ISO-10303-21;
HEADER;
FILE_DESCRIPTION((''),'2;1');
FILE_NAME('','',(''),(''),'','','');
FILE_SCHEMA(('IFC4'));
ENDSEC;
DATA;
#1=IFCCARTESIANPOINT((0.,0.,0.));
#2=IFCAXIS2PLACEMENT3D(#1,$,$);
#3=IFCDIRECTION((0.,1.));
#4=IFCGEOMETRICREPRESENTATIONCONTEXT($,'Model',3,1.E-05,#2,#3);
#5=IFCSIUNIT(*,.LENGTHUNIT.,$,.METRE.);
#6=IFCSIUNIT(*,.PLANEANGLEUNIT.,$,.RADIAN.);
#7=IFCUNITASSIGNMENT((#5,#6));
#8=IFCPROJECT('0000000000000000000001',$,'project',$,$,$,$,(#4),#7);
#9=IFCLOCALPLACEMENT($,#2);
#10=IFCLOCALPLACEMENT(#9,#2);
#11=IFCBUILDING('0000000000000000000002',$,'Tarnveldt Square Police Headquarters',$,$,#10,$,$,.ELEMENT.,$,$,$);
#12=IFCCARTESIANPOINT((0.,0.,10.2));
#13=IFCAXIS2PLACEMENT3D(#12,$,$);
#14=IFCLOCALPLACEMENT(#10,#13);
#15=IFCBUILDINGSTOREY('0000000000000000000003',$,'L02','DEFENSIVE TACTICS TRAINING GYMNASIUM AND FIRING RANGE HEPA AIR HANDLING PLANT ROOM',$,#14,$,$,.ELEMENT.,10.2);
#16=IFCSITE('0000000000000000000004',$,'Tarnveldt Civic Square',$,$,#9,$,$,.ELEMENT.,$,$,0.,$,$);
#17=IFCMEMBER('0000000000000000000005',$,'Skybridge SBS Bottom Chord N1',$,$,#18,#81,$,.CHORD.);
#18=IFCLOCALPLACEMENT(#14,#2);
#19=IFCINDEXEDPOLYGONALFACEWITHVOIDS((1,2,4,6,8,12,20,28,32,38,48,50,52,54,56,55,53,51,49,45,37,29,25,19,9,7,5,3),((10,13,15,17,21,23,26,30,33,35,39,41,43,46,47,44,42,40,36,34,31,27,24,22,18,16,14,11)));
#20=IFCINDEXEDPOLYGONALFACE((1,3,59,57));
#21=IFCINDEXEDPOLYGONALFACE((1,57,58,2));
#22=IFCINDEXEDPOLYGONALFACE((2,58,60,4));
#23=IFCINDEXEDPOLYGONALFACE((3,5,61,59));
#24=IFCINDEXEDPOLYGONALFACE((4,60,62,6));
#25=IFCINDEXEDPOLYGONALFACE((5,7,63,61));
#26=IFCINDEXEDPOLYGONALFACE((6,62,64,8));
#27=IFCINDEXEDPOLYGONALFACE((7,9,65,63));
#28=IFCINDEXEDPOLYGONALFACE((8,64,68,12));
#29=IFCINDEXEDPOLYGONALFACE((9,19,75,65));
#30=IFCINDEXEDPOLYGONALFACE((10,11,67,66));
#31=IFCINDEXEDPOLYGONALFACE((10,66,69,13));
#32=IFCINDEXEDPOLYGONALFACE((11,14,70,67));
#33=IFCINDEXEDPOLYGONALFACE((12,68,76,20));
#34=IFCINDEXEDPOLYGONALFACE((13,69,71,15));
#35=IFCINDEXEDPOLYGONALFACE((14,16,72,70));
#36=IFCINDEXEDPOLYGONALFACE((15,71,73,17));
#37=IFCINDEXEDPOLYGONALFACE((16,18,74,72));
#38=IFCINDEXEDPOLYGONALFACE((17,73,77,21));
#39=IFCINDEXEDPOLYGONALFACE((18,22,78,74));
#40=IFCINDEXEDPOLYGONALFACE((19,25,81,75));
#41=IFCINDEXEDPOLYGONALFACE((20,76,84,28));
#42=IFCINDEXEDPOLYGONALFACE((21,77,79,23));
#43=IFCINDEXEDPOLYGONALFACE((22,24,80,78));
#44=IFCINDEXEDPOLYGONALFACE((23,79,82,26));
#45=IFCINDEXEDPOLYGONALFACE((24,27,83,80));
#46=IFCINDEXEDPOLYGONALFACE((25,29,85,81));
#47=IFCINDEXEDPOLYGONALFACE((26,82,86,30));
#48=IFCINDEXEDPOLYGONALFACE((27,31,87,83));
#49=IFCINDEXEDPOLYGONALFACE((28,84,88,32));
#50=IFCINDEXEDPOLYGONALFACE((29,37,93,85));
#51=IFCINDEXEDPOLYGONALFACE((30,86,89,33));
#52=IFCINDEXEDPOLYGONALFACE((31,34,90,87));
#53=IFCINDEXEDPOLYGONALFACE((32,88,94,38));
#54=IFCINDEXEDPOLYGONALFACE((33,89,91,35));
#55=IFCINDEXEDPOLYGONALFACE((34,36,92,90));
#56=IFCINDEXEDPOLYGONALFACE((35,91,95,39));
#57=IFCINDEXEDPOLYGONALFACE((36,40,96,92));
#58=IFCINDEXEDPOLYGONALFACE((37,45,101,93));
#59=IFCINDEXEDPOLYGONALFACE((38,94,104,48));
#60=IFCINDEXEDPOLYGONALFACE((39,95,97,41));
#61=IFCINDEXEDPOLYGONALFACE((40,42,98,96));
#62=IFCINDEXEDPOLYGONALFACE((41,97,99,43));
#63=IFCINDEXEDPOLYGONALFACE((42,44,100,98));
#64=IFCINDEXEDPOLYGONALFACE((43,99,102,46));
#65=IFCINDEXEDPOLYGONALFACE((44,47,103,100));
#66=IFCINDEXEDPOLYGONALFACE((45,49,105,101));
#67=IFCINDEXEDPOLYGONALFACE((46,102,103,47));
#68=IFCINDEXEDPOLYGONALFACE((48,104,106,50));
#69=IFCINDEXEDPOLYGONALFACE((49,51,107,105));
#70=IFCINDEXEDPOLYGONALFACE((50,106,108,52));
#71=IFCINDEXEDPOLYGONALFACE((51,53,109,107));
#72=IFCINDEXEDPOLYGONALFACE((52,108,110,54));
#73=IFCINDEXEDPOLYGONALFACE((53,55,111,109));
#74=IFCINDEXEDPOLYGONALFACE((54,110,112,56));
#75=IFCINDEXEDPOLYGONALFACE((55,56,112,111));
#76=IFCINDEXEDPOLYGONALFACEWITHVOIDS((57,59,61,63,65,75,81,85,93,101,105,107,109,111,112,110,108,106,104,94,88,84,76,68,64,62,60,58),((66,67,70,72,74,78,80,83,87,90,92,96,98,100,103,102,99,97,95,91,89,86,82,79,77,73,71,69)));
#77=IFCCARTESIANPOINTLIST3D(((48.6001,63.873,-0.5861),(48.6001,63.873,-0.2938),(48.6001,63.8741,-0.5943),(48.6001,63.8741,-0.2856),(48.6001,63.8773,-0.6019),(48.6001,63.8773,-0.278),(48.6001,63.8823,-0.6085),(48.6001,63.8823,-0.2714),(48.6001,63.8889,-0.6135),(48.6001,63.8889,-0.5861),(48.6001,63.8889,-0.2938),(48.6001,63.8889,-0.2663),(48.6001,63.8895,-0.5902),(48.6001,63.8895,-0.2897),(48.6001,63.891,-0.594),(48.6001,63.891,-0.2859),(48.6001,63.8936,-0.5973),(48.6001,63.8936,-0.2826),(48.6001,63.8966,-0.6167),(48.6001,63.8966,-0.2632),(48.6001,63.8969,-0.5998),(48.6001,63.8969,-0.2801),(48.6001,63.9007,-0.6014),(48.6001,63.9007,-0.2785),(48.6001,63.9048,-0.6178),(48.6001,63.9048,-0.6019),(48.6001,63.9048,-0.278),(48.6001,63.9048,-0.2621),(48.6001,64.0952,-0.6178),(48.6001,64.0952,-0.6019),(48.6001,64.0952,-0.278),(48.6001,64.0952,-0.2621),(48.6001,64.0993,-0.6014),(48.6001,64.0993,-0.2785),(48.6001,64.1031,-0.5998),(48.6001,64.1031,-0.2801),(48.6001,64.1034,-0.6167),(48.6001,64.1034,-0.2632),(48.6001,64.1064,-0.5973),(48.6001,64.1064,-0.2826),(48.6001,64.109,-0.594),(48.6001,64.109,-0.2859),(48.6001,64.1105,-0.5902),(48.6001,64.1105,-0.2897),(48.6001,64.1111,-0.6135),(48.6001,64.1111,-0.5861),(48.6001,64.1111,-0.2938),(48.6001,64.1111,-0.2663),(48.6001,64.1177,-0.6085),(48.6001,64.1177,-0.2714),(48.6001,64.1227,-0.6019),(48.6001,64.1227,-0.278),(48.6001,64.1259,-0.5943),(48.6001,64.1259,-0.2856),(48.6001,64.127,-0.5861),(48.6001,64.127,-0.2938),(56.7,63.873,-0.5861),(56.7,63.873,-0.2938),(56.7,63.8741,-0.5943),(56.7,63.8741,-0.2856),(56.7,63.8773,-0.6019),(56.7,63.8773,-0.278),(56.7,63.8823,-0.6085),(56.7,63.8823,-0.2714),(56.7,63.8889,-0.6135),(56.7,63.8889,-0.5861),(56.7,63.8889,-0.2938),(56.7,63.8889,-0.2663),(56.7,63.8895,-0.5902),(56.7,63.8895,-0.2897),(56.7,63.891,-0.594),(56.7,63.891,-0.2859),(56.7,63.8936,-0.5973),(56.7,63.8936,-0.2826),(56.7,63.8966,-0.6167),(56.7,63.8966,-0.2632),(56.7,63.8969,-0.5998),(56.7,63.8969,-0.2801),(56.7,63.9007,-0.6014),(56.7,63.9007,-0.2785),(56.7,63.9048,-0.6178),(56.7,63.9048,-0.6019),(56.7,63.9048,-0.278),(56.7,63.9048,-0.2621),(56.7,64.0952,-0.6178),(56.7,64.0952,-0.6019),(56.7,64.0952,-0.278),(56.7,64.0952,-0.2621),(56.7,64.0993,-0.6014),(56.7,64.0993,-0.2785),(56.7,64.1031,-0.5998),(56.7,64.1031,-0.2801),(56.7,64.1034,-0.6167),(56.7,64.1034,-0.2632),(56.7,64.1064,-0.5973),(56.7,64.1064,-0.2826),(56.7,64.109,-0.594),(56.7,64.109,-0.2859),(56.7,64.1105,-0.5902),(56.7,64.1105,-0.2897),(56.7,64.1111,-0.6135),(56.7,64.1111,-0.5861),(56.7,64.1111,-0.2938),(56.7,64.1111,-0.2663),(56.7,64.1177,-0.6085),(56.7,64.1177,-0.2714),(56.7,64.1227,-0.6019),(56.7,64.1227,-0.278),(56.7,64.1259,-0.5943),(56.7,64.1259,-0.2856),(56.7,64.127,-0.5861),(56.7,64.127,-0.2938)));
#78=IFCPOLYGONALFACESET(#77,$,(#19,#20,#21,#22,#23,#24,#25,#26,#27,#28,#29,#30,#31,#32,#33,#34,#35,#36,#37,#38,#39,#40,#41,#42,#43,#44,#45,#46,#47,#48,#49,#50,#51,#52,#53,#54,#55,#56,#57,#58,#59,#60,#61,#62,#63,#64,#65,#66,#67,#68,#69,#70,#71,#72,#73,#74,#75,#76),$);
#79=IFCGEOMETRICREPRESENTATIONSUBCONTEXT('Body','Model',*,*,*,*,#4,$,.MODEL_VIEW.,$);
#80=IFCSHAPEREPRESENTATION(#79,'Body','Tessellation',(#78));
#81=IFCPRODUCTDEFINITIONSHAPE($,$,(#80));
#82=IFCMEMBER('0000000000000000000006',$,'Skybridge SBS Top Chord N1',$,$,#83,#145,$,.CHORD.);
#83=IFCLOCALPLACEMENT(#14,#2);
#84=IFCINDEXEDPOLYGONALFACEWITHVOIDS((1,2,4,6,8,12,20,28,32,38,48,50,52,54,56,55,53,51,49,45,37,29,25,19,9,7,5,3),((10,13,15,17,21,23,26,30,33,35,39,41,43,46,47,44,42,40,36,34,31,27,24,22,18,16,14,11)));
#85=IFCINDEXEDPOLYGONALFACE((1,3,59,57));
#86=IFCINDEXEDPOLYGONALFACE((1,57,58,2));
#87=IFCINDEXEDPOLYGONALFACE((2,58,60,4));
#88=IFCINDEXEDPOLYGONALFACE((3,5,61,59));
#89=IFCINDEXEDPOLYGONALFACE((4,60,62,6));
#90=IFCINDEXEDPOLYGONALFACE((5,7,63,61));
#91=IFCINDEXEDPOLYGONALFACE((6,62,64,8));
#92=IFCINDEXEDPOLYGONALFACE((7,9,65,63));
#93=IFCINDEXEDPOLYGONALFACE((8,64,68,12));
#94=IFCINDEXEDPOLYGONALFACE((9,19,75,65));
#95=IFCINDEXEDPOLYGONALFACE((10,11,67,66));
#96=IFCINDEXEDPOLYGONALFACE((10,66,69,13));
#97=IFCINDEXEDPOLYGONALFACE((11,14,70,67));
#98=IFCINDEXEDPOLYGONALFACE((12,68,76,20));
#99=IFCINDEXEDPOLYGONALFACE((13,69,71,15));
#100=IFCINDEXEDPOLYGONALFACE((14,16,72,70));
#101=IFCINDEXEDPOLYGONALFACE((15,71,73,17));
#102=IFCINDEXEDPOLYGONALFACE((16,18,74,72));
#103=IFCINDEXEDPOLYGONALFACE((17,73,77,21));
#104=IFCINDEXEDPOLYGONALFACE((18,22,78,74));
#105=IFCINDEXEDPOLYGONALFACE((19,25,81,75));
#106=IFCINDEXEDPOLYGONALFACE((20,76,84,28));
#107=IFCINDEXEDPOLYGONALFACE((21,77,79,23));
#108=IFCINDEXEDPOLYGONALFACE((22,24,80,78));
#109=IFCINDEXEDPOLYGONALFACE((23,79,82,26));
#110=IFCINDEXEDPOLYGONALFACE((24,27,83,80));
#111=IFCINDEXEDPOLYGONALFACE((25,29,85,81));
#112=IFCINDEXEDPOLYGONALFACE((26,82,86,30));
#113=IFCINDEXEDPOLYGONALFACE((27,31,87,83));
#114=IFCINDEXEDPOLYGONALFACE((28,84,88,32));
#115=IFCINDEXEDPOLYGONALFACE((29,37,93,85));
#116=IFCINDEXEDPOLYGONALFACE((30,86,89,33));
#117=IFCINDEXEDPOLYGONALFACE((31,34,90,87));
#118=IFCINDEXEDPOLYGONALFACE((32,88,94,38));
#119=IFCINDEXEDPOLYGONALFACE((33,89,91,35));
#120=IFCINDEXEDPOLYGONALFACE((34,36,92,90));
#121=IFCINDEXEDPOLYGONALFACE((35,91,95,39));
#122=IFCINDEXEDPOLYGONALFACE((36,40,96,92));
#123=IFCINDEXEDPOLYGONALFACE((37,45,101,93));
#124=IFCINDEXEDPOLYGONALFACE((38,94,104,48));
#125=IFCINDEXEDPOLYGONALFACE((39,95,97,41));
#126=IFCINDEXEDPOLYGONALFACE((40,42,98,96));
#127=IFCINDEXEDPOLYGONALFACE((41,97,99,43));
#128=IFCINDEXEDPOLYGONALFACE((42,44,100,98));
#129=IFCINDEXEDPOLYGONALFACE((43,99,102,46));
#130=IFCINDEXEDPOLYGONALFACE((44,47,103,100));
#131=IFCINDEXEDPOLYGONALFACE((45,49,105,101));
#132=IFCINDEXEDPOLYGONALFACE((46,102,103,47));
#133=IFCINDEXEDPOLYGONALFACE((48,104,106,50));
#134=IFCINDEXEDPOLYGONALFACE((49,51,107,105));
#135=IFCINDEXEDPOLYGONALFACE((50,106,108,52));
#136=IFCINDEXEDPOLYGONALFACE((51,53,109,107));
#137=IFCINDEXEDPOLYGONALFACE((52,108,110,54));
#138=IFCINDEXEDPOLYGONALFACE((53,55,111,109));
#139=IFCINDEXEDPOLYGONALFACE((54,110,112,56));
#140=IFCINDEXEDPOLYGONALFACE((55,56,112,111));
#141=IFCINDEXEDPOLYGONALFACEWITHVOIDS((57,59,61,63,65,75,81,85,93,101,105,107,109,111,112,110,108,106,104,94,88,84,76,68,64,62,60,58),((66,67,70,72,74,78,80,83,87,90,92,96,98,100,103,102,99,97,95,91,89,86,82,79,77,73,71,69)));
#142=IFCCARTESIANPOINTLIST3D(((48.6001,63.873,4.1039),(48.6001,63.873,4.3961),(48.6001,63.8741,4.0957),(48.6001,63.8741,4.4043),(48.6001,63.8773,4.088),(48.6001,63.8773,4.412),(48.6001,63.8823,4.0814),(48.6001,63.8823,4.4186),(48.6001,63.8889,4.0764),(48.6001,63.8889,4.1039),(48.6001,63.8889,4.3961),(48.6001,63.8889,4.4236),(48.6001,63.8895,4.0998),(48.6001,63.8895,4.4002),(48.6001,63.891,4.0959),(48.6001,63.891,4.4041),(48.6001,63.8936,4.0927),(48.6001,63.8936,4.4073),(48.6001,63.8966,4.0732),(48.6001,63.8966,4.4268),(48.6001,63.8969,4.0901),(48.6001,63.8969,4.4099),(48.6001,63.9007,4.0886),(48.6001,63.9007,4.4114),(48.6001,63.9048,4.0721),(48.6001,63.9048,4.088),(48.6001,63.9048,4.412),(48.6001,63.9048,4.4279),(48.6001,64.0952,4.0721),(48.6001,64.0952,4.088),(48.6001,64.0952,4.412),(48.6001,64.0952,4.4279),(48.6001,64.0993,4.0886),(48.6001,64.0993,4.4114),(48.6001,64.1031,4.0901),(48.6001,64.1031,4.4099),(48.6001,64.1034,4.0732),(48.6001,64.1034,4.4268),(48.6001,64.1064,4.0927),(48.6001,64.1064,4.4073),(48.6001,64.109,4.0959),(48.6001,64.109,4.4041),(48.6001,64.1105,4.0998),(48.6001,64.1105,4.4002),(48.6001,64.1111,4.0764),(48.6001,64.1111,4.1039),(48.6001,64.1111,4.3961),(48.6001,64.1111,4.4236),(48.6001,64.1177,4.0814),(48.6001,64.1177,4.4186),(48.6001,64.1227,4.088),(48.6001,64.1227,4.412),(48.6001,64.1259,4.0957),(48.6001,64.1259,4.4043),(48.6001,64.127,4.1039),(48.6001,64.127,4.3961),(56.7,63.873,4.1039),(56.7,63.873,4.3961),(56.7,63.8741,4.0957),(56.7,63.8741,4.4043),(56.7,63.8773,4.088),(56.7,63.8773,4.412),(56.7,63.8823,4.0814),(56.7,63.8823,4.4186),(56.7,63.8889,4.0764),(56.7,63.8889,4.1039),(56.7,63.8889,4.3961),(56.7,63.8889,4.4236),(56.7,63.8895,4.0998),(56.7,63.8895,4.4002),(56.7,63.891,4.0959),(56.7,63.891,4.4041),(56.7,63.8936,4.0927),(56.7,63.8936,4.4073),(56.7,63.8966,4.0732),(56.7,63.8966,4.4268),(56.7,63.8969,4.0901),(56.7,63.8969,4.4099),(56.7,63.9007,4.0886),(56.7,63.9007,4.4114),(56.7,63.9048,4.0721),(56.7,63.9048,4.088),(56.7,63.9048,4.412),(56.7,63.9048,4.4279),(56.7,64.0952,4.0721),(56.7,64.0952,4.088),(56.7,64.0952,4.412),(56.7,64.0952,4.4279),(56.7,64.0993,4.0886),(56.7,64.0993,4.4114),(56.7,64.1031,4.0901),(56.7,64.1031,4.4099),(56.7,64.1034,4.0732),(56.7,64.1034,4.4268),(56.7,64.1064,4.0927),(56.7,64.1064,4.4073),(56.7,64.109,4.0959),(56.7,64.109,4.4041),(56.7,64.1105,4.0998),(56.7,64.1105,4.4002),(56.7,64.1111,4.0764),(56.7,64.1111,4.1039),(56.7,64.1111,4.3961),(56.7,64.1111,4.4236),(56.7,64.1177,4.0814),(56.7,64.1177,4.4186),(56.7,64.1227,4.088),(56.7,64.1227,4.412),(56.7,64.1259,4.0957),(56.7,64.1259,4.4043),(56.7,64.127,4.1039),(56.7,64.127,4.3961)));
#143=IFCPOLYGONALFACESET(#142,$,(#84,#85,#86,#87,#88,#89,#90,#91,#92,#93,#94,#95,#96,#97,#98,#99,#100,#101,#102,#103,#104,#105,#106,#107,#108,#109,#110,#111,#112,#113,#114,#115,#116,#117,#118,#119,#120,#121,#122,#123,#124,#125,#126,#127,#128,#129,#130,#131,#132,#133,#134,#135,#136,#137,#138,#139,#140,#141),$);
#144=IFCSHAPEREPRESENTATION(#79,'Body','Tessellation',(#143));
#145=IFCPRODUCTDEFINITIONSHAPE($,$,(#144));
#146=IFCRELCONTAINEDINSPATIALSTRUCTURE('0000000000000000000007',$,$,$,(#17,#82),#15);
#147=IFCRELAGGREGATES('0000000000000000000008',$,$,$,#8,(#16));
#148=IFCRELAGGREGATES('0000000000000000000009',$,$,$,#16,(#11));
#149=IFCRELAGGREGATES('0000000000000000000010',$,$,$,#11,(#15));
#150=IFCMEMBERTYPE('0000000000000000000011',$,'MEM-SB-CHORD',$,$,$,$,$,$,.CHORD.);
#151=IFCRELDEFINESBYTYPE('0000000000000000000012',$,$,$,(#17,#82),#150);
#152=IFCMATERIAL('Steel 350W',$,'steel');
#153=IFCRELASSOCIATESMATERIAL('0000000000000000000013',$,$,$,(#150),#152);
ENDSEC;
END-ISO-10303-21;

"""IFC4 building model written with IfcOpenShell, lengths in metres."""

from ifc_helpers import new_model, si_unit, direction, frame, origin, origin_2d, place, context, subcontext, project, spatial, hollow_rectangle, extrude, material, material_profile, profile_set, type_object, element, save


model = new_model("IFC4")

# Units and contexts
model_context = context("Model", 3, precision=1e-05, world=origin(), true_north=direction((0.0, 1.0)))
body_context = subcontext(model_context, "Body", "Model", "MODEL_VIEW")
ifc_project = project(units=[si_unit("LENGTHUNIT", "METRE"), si_unit("PLANEANGLEUNIT", "RADIAN")], contexts=[model_context])

# Site, building, storey
site_placement = place(None, origin())
site = spatial("IfcSite", under=ifc_project, at=site_placement, Name="Tarnveldt Civic Square", CompositionType="ELEMENT", RefElevation=0.0)
building_placement = place(site_placement, origin())
building = spatial("IfcBuilding", under=site, at=building_placement, Name="Tarnveldt Square Police Headquarters", CompositionType="ELEMENT")
storey_placement = place(building_placement, frame((0.0, 0.0, 10.2)))
storey = spatial("IfcBuildingStorey", under=building, at=storey_placement, Name="L02", Description="DEFENSIVE TACTICS TRAINING GYMNASIUM AND FIRING RANGE HEPA AIR HANDLING PLANT ROOM", CompositionType="ELEMENT", Elevation=10.2)

# Shared definitions
ifc_material_1 = material(Name="Steel 350W", Category="steel")

# Members
ifc_material_profile_1 = material_profile(ifc_material_1, hollow_rectangle(XDim=0.2539, YDim=0.3557, WallThickness=0.0159, InnerFilletRadius=0.0159, OuterFilletRadius=0.0317, at=origin_2d()), Name="HSS356x254x16")
ifc_profile_set_1 = profile_set([ifc_material_profile_1], Name="Steel 350W")
member_type_1 = type_object("IfcMemberType", Name="MEM-SB-CHORD", PredefinedType="CHORD", material=ifc_profile_set_1)
for number, where, z_axis, x_axis, name in (
    (1, (48.6001, 64.0, -0.4399), (1.0, 0.0, 0.0), (0.0, 1.0, 0.0), "Skybridge SBS Bottom Chord N1"),
    (2, (48.6001, 64.0, 4.25), (1.0, 0.0, 0.0), (0.0, 1.0, 0.0), "Skybridge SBS Top Chord N1"),
):
    element("IfcMember", number, at=place(storey_placement, frame(where, z_axis=z_axis, x_axis=x_axis)), inside=storey, type_object=member_type_1, Name=name, PredefinedType="CHORD", context=body_context, shape_type="SweptSolid", body=[
        extrude(hollow_rectangle(XDim=0.2539, YDim=0.3557, WallThickness=0.0159, InnerFilletRadius=0.0159, OuterFilletRadius=0.0317, at=origin_2d()), origin(), (0.0, 0.0, 1.0), 8.0999),
    ])

save(model, "model.ifc")
